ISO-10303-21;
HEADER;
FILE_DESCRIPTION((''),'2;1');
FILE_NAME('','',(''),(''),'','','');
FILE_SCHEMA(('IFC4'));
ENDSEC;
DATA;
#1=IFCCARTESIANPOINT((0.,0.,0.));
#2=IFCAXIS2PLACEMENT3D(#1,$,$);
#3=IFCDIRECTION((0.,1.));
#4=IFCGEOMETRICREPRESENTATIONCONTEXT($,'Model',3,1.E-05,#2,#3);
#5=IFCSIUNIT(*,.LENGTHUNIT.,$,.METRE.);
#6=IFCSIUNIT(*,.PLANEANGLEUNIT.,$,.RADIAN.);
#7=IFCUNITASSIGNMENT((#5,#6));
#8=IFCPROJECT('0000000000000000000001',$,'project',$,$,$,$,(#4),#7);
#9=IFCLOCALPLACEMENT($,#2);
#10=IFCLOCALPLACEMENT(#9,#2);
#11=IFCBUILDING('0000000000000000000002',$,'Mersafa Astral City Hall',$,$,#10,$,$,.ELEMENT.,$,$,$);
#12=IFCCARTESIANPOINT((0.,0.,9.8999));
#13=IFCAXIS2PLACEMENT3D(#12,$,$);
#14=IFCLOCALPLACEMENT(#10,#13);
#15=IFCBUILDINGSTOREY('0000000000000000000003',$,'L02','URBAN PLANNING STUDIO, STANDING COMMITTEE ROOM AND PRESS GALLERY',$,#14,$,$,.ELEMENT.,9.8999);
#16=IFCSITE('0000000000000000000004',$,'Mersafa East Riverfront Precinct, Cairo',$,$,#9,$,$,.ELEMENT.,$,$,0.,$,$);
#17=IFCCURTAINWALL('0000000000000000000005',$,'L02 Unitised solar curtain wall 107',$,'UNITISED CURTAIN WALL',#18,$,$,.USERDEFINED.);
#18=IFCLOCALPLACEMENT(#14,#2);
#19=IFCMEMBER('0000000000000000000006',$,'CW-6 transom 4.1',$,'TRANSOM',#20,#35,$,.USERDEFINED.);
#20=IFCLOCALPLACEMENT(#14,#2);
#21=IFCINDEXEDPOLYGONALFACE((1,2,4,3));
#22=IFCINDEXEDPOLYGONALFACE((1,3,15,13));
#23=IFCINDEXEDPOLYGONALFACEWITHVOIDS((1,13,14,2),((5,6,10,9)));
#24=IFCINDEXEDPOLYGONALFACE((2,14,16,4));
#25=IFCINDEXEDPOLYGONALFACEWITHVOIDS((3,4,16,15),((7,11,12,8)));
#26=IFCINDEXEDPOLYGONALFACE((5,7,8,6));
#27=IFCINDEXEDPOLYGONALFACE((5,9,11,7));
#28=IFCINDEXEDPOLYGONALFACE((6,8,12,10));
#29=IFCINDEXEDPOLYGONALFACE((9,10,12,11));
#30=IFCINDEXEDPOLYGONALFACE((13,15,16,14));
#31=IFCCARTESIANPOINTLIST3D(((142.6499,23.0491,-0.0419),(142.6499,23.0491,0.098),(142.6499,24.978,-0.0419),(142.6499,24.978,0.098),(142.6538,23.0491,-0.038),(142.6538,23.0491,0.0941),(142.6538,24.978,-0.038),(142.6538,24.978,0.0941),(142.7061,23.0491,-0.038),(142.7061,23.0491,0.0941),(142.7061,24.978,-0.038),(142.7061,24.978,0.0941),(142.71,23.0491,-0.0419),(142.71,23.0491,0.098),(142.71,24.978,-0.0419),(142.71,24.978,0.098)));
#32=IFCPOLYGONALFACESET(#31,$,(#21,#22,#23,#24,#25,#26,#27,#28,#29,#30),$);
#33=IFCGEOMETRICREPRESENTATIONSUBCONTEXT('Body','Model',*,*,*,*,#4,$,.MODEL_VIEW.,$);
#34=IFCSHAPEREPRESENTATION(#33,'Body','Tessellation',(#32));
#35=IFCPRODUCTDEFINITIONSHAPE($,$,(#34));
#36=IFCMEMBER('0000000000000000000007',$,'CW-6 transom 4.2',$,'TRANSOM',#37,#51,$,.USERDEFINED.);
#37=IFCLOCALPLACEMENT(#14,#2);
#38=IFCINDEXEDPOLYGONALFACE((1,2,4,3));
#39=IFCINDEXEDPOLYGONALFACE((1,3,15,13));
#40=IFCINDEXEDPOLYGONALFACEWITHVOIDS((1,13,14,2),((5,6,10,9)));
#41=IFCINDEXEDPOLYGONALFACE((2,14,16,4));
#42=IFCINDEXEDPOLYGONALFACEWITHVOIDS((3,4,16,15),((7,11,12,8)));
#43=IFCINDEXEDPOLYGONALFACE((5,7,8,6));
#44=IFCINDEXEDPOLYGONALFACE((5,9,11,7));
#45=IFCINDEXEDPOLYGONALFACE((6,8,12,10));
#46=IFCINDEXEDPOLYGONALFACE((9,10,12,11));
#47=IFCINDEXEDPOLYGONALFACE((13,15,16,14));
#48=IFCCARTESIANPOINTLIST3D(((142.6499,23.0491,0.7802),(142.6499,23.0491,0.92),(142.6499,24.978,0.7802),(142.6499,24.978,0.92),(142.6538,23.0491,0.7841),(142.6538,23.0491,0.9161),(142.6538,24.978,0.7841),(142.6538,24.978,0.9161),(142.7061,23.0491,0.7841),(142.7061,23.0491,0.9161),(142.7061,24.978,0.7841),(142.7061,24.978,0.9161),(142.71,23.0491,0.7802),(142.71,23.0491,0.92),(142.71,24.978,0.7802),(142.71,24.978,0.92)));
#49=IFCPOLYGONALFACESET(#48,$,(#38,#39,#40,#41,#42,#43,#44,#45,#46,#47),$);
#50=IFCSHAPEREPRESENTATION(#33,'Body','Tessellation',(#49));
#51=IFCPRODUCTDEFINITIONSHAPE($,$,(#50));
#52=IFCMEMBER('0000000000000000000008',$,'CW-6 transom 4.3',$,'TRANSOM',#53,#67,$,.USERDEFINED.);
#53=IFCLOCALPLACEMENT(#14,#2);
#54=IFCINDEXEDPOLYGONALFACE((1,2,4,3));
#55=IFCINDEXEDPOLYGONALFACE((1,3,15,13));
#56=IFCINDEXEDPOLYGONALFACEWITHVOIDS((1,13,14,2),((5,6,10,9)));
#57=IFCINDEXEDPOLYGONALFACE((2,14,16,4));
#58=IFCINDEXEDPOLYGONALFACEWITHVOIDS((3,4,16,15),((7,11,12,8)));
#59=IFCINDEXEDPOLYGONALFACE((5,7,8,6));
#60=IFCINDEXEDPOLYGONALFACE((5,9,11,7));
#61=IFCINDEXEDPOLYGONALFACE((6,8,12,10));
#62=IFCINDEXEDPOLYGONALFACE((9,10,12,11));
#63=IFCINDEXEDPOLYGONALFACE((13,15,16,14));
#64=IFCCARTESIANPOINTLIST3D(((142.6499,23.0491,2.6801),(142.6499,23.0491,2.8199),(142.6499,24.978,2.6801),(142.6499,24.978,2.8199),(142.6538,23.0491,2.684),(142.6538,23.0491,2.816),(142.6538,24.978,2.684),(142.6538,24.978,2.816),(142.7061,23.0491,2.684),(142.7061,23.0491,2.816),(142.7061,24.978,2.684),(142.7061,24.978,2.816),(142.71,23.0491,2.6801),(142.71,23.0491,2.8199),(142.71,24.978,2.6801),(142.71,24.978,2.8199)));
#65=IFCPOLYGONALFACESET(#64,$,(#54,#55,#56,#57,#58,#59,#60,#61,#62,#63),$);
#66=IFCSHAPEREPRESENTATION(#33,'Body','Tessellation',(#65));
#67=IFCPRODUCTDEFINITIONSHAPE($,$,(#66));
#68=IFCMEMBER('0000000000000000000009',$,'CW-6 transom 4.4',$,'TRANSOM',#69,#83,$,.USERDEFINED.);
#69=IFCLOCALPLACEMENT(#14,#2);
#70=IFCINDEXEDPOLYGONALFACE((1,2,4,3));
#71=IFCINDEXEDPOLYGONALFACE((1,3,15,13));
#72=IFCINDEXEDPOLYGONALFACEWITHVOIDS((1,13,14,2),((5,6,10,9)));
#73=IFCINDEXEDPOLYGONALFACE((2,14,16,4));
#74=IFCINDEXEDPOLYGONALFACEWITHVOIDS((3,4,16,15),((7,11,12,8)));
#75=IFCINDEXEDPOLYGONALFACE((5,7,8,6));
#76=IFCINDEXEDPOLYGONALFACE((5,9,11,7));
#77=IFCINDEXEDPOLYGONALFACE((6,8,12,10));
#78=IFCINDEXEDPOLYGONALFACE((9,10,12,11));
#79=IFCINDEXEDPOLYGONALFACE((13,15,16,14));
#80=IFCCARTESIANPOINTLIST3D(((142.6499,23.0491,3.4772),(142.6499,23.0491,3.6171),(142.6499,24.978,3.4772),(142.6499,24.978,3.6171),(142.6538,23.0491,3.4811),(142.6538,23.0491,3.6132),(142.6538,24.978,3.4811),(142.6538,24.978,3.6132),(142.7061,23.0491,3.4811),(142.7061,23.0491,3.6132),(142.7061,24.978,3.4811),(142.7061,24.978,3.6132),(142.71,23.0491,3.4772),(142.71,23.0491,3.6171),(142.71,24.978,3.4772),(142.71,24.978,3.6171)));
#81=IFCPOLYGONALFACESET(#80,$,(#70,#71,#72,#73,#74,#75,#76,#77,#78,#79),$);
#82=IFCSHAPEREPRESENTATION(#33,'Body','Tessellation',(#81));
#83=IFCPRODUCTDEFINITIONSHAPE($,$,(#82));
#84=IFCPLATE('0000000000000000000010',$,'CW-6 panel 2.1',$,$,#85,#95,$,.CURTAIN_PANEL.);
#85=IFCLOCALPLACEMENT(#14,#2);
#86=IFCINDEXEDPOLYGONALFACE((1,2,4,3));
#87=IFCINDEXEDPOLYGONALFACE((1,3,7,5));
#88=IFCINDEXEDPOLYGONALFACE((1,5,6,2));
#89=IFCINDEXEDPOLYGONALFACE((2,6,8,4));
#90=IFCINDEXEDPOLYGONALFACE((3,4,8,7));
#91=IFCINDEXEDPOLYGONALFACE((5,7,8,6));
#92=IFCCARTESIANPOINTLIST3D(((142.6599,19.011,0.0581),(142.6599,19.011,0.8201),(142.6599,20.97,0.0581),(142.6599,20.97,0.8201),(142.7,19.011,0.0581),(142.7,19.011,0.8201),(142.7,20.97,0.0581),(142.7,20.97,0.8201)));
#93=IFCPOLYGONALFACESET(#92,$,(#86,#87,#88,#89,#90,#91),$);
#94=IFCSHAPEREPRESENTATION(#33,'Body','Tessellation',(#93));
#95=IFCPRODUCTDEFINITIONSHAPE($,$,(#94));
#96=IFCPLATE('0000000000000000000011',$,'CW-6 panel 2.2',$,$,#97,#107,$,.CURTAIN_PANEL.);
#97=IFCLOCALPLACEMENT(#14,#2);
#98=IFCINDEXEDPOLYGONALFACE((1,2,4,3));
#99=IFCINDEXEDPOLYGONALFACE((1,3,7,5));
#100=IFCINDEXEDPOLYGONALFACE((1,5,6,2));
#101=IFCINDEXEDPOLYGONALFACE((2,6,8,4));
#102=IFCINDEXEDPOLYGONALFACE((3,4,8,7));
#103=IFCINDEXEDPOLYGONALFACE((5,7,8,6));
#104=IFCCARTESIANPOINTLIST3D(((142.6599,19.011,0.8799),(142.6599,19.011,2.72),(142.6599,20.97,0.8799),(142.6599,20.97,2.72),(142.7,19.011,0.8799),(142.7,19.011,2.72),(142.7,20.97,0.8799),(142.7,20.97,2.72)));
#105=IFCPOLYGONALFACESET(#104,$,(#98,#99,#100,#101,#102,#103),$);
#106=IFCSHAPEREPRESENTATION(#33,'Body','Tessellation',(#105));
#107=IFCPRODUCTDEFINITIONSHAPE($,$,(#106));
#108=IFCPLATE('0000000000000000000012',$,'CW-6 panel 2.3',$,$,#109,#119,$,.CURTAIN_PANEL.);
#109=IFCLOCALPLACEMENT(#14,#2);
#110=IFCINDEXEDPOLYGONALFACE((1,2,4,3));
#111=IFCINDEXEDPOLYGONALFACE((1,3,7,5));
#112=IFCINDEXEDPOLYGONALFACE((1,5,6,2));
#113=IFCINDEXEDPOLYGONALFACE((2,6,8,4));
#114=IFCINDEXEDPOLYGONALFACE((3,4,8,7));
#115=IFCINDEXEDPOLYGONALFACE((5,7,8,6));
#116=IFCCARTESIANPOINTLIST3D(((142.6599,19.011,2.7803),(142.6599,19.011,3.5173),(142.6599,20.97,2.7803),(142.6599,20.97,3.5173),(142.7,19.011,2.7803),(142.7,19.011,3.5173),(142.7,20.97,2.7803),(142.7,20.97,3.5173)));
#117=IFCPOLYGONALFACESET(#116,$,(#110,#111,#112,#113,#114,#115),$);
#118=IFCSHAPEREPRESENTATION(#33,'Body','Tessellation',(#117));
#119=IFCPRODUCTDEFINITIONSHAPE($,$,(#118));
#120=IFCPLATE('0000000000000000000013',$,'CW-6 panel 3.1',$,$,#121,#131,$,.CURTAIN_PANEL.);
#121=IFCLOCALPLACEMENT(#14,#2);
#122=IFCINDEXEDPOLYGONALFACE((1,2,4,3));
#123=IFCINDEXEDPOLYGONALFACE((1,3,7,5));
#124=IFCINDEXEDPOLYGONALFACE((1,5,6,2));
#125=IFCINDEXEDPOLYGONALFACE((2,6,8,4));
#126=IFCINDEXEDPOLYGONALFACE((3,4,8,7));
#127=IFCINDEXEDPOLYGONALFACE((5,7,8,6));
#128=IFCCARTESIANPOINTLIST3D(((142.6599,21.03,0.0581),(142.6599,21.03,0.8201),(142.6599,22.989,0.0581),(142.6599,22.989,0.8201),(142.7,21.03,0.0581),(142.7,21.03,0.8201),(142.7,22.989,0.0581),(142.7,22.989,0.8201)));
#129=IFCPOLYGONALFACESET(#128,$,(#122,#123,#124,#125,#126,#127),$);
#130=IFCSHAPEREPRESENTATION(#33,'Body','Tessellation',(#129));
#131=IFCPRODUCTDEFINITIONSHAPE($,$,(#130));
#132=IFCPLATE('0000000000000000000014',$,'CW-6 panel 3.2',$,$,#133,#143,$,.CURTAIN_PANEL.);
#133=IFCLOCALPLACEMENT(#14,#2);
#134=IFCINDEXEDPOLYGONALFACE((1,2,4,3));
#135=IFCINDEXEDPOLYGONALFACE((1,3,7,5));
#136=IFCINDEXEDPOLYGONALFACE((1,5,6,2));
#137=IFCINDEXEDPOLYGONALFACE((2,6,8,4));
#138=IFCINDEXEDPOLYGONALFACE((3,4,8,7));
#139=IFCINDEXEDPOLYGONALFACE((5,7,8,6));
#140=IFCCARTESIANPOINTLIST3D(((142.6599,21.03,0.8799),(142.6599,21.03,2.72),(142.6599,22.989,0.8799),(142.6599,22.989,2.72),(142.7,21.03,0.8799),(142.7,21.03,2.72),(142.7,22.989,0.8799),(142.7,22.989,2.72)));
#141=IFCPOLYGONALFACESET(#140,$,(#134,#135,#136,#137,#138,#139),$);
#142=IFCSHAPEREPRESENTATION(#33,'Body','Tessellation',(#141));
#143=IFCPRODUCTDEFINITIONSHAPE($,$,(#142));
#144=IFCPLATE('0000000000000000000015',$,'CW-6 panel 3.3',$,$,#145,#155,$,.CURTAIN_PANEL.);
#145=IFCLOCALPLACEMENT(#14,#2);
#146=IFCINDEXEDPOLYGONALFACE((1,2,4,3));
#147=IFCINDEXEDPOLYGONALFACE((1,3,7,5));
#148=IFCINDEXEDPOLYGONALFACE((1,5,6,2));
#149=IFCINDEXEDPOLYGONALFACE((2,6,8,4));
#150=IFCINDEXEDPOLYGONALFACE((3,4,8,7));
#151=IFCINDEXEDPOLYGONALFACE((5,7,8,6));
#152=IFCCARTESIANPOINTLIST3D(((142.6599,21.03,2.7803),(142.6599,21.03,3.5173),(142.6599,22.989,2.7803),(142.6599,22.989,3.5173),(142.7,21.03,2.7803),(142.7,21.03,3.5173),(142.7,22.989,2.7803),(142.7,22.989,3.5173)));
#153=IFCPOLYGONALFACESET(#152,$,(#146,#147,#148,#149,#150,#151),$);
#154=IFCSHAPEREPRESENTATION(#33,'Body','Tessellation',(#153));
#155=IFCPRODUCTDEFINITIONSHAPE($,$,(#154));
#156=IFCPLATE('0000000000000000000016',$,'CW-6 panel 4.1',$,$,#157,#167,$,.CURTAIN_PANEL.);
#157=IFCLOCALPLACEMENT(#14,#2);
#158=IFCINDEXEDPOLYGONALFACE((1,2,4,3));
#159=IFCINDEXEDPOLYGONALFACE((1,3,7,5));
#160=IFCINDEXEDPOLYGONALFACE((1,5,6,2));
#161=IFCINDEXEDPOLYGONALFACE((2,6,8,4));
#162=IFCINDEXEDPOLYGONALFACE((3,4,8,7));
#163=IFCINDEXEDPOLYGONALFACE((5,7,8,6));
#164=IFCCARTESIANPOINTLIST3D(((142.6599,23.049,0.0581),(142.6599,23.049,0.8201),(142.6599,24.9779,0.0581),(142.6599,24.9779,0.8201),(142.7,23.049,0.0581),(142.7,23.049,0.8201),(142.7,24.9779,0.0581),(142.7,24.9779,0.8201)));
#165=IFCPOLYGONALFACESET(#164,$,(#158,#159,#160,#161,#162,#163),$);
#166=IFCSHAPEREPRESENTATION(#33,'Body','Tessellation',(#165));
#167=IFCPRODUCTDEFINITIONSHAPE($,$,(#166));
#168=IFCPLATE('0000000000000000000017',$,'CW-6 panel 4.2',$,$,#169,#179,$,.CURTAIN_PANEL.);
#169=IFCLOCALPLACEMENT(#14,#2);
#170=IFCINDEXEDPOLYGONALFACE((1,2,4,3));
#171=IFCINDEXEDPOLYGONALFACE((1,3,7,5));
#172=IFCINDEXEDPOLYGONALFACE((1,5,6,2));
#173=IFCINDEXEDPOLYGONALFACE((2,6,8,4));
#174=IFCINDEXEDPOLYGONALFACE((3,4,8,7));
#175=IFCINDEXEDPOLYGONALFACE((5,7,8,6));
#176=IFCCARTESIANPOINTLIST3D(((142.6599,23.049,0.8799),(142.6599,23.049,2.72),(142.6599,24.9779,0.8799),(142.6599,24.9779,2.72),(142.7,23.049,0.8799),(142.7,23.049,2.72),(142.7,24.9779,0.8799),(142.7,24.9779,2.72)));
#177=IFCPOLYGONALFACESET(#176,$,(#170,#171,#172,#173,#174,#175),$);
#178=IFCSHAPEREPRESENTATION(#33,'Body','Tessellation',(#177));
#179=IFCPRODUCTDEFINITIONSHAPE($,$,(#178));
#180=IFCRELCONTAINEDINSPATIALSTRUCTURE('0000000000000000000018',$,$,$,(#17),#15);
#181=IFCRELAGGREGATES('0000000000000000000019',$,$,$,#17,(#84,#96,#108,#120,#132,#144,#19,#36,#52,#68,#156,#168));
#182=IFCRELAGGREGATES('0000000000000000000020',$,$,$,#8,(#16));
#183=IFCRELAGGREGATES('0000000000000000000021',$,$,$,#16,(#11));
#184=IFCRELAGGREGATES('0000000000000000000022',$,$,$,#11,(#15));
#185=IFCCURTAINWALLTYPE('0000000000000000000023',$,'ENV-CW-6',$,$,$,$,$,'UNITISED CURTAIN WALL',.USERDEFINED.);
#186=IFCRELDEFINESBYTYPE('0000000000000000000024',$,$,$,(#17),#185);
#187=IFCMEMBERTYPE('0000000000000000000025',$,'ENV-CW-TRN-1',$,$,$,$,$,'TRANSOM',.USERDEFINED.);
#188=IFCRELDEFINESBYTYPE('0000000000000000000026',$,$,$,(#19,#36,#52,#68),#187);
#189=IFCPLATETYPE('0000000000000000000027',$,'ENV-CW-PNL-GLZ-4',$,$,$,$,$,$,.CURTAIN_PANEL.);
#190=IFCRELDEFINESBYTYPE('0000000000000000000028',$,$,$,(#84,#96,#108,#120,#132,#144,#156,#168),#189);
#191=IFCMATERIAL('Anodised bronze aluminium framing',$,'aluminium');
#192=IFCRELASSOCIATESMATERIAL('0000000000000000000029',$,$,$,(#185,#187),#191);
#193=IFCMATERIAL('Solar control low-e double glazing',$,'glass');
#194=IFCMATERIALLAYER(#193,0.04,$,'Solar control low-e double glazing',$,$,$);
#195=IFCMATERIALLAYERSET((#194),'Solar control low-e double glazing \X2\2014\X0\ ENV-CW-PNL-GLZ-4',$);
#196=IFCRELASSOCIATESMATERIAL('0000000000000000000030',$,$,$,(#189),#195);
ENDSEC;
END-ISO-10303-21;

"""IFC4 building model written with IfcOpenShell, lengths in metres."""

from ifc_helpers import new_model, si_unit, direction, frame, origin, origin_2d, place, context, subcontext, project, spatial, rectangle, hollow_rectangle, extrude, material, layer, layer_set, material_profile, profile_set, type_object, element, aggregate, save


model = new_model("IFC4")

# Units and contexts
model_context = context("Model", 3, precision=1e-05, world=origin(), true_north=direction((0.0, 1.0)))
body_context = subcontext(model_context, "Body", "Model", "MODEL_VIEW")
ifc_project = project(units=[si_unit("LENGTHUNIT", "METRE"), si_unit("PLANEANGLEUNIT", "RADIAN")], contexts=[model_context])

# Site, building, storey
site_placement = place(None, origin())
site = spatial("IfcSite", under=ifc_project, at=site_placement, Name="Mersafa East Riverfront Precinct, Cairo", CompositionType="ELEMENT", RefElevation=0.0)
building_placement = place(site_placement, origin())
building = spatial("IfcBuilding", under=site, at=building_placement, Name="Mersafa Astral City Hall", CompositionType="ELEMENT")
storey_placement = place(building_placement, frame((0.0, 0.0, 9.8999)))
storey = spatial("IfcBuildingStorey", under=building, at=storey_placement, Name="L02", Description="URBAN PLANNING STUDIO, STANDING COMMITTEE ROOM AND PRESS GALLERY", CompositionType="ELEMENT", Elevation=9.8999)

# Curtain wall, members, plates
ifc_material_1 = material(Name="Anodised bronze aluminium framing", Category="aluminium")
curtain_wall_type = type_object("IfcCurtainWallType", Name="ENV-CW-6", ElementType="UNITISED CURTAIN WALL", PredefinedType="USERDEFINED", material=ifc_material_1)
curtain_wall_placement = place(storey_placement, origin())
curtain_wall = element("IfcCurtainWall", 1, at=curtain_wall_placement, inside=storey, type_object=curtain_wall_type, Name="L02 Unitised solar curtain wall 107", ObjectType="UNITISED CURTAIN WALL", PredefinedType="USERDEFINED")
ifc_material_profile_1 = material_profile(ifc_material_1, hollow_rectangle(XDim=0.0601, YDim=0.1399, WallThickness=0.0039, at=origin_2d()), Name="RHS 60x140x4")
ifc_profile_set_1 = profile_set([ifc_material_profile_1], Name="Anodised bronze aluminium framing")
member_type_1 = type_object("IfcMemberType", Name="ENV-CW-TRN-1", ElementType="TRANSOM", PredefinedType="USERDEFINED", material=ifc_profile_set_1)
member_1_placement = place(storey_placement, frame((142.6799, 23.0491, 0.0281), z_axis=(0.0, 1.0, 0.0), x_axis=(-1.0, 0.0, 0.0)))
member_1 = element("IfcMember", 2, at=member_1_placement, type_object=member_type_1, Name="CW-6 transom 4.1", ObjectType="TRANSOM", PredefinedType="USERDEFINED", context=body_context, shape_type="SweptSolid", body=[
    extrude(hollow_rectangle(XDim=0.0601, YDim=0.1399, WallThickness=0.0039, at=origin_2d()), origin(), (0.0, 0.0, 1.0), 1.929),
])
member_2_placement = place(storey_placement, frame((142.6799, 23.0491, 0.8501), z_axis=(0.0, 1.0, 0.0), x_axis=(-1.0, 0.0, 0.0)))
member_2 = element("IfcMember", 3, at=member_2_placement, type_object=member_type_1, Name="CW-6 transom 4.2", ObjectType="TRANSOM", PredefinedType="USERDEFINED", context=body_context, shape_type="SweptSolid", body=[
    extrude(hollow_rectangle(XDim=0.0601, YDim=0.1399, WallThickness=0.0039, at=origin_2d()), origin(), (0.0, 0.0, 1.0), 1.929),
])
member_3_placement = place(storey_placement, frame((142.6799, 23.0491, 2.75), z_axis=(0.0, 1.0, 0.0), x_axis=(-1.0, 0.0, 0.0)))
member_3 = element("IfcMember", 4, at=member_3_placement, type_object=member_type_1, Name="CW-6 transom 4.3", ObjectType="TRANSOM", PredefinedType="USERDEFINED", context=body_context, shape_type="SweptSolid", body=[
    extrude(hollow_rectangle(XDim=0.0601, YDim=0.1399, WallThickness=0.0039, at=origin_2d()), origin(), (0.0, 0.0, 1.0), 1.929),
])
member_4_placement = place(storey_placement, frame((142.6799, 23.0491, 3.5471), z_axis=(0.0, 1.0, 0.0), x_axis=(-1.0, 0.0, 0.0)))
member_4 = element("IfcMember", 5, at=member_4_placement, type_object=member_type_1, Name="CW-6 transom 4.4", ObjectType="TRANSOM", PredefinedType="USERDEFINED", context=body_context, shape_type="SweptSolid", body=[
    extrude(hollow_rectangle(XDim=0.0601, YDim=0.1399, WallThickness=0.0039, at=origin_2d()), origin(), (0.0, 0.0, 1.0), 1.929),
])
ifc_material_2 = material(Name="Solar control low-e double glazing", Category="glass")
ifc_layer = layer(ifc_material_2, 0.04, Name="Solar control low-e double glazing")
ifc_layer_set = layer_set([ifc_layer], Name="Solar control low-e double glazing — ENV-CW-PNL-GLZ-4")
plate_type = type_object("IfcPlateType", Name="ENV-CW-PNL-GLZ-4", PredefinedType="CURTAIN_PANEL", material=ifc_layer_set)
plate_1_placement = place(storey_placement, frame((142.6799, 19.9905, 0.0581), z_axis=(0.0, 0.0, 1.0), x_axis=(0.0, 1.0, 0.0)))
plate_1 = element("IfcPlate", 6, at=plate_1_placement, type_object=plate_type, Name="CW-6 panel 2.1", PredefinedType="CURTAIN_PANEL", context=body_context, shape_type="SweptSolid", body=[
    extrude(rectangle(XDim=1.959, YDim=0.04, at=origin_2d()), origin(), (0.0, 0.0, 1.0), 0.762),
])
plate_2_placement = place(storey_placement, frame((142.6799, 19.9905, 0.8799), z_axis=(0.0, 0.0, 1.0), x_axis=(0.0, 1.0, 0.0)))
plate_2 = element("IfcPlate", 7, at=plate_2_placement, type_object=plate_type, Name="CW-6 panel 2.2", PredefinedType="CURTAIN_PANEL", context=body_context, shape_type="SweptSolid", body=[
    extrude(rectangle(XDim=1.959, YDim=0.04, at=origin_2d()), origin(), (0.0, 0.0, 1.0), 1.8401),
])
plate_3_placement = place(storey_placement, frame((142.6799, 19.9905, 2.7803), z_axis=(0.0, 0.0, 1.0), x_axis=(0.0, 1.0, 0.0)))
plate_3 = element("IfcPlate", 8, at=plate_3_placement, type_object=plate_type, Name="CW-6 panel 2.3", PredefinedType="CURTAIN_PANEL", context=body_context, shape_type="SweptSolid", body=[
    extrude(rectangle(XDim=1.959, YDim=0.04, at=origin_2d()), origin(), (0.0, 0.0, 1.0), 0.7371),
])
plate_4_placement = place(storey_placement, frame((142.6799, 22.0095, 0.0581), z_axis=(0.0, 0.0, 1.0), x_axis=(0.0, 1.0, 0.0)))
plate_4 = element("IfcPlate", 9, at=plate_4_placement, type_object=plate_type, Name="CW-6 panel 3.1", PredefinedType="CURTAIN_PANEL", context=body_context, shape_type="SweptSolid", body=[
    extrude(rectangle(XDim=1.959, YDim=0.04, at=origin_2d()), origin(), (0.0, 0.0, 1.0), 0.762),
])
plate_5_placement = place(storey_placement, frame((142.6799, 22.0095, 0.8799), z_axis=(0.0, 0.0, 1.0), x_axis=(0.0, 1.0, 0.0)))
plate_5 = element("IfcPlate", 10, at=plate_5_placement, type_object=plate_type, Name="CW-6 panel 3.2", PredefinedType="CURTAIN_PANEL", context=body_context, shape_type="SweptSolid", body=[
    extrude(rectangle(XDim=1.959, YDim=0.04, at=origin_2d()), origin(), (0.0, 0.0, 1.0), 1.8401),
])
plate_6_placement = place(storey_placement, frame((142.6799, 22.0095, 2.7803), z_axis=(0.0, 0.0, 1.0), x_axis=(0.0, 1.0, 0.0)))
plate_6 = element("IfcPlate", 11, at=plate_6_placement, type_object=plate_type, Name="CW-6 panel 3.3", PredefinedType="CURTAIN_PANEL", context=body_context, shape_type="SweptSolid", body=[
    extrude(rectangle(XDim=1.959, YDim=0.04, at=origin_2d()), origin(), (0.0, 0.0, 1.0), 0.7371),
])
plate_7_placement = place(storey_placement, frame((142.6799, 24.0134, 0.0581), z_axis=(0.0, 0.0, 1.0), x_axis=(0.0, 1.0, 0.0)))
plate_7 = element("IfcPlate", 12, at=plate_7_placement, type_object=plate_type, Name="CW-6 panel 4.1", PredefinedType="CURTAIN_PANEL", context=body_context, shape_type="SweptSolid", body=[
    extrude(rectangle(XDim=1.929, YDim=0.04, at=origin_2d()), origin(), (0.0, 0.0, 1.0), 0.762),
])
plate_8_placement = place(storey_placement, frame((142.6799, 24.0134, 0.8799), z_axis=(0.0, 0.0, 1.0), x_axis=(0.0, 1.0, 0.0)))
plate_8 = element("IfcPlate", 13, at=plate_8_placement, type_object=plate_type, Name="CW-6 panel 4.2", PredefinedType="CURTAIN_PANEL", context=body_context, shape_type="SweptSolid", body=[
    extrude(rectangle(XDim=1.929, YDim=0.04, at=origin_2d()), origin(), (0.0, 0.0, 1.0), 1.8401),
])
aggregate(curtain_wall, [plate_1, plate_2, plate_3, plate_4, plate_5, plate_6, member_1, member_2, member_3, member_4, plate_7, plate_8])

save(model, "model.ifc")
